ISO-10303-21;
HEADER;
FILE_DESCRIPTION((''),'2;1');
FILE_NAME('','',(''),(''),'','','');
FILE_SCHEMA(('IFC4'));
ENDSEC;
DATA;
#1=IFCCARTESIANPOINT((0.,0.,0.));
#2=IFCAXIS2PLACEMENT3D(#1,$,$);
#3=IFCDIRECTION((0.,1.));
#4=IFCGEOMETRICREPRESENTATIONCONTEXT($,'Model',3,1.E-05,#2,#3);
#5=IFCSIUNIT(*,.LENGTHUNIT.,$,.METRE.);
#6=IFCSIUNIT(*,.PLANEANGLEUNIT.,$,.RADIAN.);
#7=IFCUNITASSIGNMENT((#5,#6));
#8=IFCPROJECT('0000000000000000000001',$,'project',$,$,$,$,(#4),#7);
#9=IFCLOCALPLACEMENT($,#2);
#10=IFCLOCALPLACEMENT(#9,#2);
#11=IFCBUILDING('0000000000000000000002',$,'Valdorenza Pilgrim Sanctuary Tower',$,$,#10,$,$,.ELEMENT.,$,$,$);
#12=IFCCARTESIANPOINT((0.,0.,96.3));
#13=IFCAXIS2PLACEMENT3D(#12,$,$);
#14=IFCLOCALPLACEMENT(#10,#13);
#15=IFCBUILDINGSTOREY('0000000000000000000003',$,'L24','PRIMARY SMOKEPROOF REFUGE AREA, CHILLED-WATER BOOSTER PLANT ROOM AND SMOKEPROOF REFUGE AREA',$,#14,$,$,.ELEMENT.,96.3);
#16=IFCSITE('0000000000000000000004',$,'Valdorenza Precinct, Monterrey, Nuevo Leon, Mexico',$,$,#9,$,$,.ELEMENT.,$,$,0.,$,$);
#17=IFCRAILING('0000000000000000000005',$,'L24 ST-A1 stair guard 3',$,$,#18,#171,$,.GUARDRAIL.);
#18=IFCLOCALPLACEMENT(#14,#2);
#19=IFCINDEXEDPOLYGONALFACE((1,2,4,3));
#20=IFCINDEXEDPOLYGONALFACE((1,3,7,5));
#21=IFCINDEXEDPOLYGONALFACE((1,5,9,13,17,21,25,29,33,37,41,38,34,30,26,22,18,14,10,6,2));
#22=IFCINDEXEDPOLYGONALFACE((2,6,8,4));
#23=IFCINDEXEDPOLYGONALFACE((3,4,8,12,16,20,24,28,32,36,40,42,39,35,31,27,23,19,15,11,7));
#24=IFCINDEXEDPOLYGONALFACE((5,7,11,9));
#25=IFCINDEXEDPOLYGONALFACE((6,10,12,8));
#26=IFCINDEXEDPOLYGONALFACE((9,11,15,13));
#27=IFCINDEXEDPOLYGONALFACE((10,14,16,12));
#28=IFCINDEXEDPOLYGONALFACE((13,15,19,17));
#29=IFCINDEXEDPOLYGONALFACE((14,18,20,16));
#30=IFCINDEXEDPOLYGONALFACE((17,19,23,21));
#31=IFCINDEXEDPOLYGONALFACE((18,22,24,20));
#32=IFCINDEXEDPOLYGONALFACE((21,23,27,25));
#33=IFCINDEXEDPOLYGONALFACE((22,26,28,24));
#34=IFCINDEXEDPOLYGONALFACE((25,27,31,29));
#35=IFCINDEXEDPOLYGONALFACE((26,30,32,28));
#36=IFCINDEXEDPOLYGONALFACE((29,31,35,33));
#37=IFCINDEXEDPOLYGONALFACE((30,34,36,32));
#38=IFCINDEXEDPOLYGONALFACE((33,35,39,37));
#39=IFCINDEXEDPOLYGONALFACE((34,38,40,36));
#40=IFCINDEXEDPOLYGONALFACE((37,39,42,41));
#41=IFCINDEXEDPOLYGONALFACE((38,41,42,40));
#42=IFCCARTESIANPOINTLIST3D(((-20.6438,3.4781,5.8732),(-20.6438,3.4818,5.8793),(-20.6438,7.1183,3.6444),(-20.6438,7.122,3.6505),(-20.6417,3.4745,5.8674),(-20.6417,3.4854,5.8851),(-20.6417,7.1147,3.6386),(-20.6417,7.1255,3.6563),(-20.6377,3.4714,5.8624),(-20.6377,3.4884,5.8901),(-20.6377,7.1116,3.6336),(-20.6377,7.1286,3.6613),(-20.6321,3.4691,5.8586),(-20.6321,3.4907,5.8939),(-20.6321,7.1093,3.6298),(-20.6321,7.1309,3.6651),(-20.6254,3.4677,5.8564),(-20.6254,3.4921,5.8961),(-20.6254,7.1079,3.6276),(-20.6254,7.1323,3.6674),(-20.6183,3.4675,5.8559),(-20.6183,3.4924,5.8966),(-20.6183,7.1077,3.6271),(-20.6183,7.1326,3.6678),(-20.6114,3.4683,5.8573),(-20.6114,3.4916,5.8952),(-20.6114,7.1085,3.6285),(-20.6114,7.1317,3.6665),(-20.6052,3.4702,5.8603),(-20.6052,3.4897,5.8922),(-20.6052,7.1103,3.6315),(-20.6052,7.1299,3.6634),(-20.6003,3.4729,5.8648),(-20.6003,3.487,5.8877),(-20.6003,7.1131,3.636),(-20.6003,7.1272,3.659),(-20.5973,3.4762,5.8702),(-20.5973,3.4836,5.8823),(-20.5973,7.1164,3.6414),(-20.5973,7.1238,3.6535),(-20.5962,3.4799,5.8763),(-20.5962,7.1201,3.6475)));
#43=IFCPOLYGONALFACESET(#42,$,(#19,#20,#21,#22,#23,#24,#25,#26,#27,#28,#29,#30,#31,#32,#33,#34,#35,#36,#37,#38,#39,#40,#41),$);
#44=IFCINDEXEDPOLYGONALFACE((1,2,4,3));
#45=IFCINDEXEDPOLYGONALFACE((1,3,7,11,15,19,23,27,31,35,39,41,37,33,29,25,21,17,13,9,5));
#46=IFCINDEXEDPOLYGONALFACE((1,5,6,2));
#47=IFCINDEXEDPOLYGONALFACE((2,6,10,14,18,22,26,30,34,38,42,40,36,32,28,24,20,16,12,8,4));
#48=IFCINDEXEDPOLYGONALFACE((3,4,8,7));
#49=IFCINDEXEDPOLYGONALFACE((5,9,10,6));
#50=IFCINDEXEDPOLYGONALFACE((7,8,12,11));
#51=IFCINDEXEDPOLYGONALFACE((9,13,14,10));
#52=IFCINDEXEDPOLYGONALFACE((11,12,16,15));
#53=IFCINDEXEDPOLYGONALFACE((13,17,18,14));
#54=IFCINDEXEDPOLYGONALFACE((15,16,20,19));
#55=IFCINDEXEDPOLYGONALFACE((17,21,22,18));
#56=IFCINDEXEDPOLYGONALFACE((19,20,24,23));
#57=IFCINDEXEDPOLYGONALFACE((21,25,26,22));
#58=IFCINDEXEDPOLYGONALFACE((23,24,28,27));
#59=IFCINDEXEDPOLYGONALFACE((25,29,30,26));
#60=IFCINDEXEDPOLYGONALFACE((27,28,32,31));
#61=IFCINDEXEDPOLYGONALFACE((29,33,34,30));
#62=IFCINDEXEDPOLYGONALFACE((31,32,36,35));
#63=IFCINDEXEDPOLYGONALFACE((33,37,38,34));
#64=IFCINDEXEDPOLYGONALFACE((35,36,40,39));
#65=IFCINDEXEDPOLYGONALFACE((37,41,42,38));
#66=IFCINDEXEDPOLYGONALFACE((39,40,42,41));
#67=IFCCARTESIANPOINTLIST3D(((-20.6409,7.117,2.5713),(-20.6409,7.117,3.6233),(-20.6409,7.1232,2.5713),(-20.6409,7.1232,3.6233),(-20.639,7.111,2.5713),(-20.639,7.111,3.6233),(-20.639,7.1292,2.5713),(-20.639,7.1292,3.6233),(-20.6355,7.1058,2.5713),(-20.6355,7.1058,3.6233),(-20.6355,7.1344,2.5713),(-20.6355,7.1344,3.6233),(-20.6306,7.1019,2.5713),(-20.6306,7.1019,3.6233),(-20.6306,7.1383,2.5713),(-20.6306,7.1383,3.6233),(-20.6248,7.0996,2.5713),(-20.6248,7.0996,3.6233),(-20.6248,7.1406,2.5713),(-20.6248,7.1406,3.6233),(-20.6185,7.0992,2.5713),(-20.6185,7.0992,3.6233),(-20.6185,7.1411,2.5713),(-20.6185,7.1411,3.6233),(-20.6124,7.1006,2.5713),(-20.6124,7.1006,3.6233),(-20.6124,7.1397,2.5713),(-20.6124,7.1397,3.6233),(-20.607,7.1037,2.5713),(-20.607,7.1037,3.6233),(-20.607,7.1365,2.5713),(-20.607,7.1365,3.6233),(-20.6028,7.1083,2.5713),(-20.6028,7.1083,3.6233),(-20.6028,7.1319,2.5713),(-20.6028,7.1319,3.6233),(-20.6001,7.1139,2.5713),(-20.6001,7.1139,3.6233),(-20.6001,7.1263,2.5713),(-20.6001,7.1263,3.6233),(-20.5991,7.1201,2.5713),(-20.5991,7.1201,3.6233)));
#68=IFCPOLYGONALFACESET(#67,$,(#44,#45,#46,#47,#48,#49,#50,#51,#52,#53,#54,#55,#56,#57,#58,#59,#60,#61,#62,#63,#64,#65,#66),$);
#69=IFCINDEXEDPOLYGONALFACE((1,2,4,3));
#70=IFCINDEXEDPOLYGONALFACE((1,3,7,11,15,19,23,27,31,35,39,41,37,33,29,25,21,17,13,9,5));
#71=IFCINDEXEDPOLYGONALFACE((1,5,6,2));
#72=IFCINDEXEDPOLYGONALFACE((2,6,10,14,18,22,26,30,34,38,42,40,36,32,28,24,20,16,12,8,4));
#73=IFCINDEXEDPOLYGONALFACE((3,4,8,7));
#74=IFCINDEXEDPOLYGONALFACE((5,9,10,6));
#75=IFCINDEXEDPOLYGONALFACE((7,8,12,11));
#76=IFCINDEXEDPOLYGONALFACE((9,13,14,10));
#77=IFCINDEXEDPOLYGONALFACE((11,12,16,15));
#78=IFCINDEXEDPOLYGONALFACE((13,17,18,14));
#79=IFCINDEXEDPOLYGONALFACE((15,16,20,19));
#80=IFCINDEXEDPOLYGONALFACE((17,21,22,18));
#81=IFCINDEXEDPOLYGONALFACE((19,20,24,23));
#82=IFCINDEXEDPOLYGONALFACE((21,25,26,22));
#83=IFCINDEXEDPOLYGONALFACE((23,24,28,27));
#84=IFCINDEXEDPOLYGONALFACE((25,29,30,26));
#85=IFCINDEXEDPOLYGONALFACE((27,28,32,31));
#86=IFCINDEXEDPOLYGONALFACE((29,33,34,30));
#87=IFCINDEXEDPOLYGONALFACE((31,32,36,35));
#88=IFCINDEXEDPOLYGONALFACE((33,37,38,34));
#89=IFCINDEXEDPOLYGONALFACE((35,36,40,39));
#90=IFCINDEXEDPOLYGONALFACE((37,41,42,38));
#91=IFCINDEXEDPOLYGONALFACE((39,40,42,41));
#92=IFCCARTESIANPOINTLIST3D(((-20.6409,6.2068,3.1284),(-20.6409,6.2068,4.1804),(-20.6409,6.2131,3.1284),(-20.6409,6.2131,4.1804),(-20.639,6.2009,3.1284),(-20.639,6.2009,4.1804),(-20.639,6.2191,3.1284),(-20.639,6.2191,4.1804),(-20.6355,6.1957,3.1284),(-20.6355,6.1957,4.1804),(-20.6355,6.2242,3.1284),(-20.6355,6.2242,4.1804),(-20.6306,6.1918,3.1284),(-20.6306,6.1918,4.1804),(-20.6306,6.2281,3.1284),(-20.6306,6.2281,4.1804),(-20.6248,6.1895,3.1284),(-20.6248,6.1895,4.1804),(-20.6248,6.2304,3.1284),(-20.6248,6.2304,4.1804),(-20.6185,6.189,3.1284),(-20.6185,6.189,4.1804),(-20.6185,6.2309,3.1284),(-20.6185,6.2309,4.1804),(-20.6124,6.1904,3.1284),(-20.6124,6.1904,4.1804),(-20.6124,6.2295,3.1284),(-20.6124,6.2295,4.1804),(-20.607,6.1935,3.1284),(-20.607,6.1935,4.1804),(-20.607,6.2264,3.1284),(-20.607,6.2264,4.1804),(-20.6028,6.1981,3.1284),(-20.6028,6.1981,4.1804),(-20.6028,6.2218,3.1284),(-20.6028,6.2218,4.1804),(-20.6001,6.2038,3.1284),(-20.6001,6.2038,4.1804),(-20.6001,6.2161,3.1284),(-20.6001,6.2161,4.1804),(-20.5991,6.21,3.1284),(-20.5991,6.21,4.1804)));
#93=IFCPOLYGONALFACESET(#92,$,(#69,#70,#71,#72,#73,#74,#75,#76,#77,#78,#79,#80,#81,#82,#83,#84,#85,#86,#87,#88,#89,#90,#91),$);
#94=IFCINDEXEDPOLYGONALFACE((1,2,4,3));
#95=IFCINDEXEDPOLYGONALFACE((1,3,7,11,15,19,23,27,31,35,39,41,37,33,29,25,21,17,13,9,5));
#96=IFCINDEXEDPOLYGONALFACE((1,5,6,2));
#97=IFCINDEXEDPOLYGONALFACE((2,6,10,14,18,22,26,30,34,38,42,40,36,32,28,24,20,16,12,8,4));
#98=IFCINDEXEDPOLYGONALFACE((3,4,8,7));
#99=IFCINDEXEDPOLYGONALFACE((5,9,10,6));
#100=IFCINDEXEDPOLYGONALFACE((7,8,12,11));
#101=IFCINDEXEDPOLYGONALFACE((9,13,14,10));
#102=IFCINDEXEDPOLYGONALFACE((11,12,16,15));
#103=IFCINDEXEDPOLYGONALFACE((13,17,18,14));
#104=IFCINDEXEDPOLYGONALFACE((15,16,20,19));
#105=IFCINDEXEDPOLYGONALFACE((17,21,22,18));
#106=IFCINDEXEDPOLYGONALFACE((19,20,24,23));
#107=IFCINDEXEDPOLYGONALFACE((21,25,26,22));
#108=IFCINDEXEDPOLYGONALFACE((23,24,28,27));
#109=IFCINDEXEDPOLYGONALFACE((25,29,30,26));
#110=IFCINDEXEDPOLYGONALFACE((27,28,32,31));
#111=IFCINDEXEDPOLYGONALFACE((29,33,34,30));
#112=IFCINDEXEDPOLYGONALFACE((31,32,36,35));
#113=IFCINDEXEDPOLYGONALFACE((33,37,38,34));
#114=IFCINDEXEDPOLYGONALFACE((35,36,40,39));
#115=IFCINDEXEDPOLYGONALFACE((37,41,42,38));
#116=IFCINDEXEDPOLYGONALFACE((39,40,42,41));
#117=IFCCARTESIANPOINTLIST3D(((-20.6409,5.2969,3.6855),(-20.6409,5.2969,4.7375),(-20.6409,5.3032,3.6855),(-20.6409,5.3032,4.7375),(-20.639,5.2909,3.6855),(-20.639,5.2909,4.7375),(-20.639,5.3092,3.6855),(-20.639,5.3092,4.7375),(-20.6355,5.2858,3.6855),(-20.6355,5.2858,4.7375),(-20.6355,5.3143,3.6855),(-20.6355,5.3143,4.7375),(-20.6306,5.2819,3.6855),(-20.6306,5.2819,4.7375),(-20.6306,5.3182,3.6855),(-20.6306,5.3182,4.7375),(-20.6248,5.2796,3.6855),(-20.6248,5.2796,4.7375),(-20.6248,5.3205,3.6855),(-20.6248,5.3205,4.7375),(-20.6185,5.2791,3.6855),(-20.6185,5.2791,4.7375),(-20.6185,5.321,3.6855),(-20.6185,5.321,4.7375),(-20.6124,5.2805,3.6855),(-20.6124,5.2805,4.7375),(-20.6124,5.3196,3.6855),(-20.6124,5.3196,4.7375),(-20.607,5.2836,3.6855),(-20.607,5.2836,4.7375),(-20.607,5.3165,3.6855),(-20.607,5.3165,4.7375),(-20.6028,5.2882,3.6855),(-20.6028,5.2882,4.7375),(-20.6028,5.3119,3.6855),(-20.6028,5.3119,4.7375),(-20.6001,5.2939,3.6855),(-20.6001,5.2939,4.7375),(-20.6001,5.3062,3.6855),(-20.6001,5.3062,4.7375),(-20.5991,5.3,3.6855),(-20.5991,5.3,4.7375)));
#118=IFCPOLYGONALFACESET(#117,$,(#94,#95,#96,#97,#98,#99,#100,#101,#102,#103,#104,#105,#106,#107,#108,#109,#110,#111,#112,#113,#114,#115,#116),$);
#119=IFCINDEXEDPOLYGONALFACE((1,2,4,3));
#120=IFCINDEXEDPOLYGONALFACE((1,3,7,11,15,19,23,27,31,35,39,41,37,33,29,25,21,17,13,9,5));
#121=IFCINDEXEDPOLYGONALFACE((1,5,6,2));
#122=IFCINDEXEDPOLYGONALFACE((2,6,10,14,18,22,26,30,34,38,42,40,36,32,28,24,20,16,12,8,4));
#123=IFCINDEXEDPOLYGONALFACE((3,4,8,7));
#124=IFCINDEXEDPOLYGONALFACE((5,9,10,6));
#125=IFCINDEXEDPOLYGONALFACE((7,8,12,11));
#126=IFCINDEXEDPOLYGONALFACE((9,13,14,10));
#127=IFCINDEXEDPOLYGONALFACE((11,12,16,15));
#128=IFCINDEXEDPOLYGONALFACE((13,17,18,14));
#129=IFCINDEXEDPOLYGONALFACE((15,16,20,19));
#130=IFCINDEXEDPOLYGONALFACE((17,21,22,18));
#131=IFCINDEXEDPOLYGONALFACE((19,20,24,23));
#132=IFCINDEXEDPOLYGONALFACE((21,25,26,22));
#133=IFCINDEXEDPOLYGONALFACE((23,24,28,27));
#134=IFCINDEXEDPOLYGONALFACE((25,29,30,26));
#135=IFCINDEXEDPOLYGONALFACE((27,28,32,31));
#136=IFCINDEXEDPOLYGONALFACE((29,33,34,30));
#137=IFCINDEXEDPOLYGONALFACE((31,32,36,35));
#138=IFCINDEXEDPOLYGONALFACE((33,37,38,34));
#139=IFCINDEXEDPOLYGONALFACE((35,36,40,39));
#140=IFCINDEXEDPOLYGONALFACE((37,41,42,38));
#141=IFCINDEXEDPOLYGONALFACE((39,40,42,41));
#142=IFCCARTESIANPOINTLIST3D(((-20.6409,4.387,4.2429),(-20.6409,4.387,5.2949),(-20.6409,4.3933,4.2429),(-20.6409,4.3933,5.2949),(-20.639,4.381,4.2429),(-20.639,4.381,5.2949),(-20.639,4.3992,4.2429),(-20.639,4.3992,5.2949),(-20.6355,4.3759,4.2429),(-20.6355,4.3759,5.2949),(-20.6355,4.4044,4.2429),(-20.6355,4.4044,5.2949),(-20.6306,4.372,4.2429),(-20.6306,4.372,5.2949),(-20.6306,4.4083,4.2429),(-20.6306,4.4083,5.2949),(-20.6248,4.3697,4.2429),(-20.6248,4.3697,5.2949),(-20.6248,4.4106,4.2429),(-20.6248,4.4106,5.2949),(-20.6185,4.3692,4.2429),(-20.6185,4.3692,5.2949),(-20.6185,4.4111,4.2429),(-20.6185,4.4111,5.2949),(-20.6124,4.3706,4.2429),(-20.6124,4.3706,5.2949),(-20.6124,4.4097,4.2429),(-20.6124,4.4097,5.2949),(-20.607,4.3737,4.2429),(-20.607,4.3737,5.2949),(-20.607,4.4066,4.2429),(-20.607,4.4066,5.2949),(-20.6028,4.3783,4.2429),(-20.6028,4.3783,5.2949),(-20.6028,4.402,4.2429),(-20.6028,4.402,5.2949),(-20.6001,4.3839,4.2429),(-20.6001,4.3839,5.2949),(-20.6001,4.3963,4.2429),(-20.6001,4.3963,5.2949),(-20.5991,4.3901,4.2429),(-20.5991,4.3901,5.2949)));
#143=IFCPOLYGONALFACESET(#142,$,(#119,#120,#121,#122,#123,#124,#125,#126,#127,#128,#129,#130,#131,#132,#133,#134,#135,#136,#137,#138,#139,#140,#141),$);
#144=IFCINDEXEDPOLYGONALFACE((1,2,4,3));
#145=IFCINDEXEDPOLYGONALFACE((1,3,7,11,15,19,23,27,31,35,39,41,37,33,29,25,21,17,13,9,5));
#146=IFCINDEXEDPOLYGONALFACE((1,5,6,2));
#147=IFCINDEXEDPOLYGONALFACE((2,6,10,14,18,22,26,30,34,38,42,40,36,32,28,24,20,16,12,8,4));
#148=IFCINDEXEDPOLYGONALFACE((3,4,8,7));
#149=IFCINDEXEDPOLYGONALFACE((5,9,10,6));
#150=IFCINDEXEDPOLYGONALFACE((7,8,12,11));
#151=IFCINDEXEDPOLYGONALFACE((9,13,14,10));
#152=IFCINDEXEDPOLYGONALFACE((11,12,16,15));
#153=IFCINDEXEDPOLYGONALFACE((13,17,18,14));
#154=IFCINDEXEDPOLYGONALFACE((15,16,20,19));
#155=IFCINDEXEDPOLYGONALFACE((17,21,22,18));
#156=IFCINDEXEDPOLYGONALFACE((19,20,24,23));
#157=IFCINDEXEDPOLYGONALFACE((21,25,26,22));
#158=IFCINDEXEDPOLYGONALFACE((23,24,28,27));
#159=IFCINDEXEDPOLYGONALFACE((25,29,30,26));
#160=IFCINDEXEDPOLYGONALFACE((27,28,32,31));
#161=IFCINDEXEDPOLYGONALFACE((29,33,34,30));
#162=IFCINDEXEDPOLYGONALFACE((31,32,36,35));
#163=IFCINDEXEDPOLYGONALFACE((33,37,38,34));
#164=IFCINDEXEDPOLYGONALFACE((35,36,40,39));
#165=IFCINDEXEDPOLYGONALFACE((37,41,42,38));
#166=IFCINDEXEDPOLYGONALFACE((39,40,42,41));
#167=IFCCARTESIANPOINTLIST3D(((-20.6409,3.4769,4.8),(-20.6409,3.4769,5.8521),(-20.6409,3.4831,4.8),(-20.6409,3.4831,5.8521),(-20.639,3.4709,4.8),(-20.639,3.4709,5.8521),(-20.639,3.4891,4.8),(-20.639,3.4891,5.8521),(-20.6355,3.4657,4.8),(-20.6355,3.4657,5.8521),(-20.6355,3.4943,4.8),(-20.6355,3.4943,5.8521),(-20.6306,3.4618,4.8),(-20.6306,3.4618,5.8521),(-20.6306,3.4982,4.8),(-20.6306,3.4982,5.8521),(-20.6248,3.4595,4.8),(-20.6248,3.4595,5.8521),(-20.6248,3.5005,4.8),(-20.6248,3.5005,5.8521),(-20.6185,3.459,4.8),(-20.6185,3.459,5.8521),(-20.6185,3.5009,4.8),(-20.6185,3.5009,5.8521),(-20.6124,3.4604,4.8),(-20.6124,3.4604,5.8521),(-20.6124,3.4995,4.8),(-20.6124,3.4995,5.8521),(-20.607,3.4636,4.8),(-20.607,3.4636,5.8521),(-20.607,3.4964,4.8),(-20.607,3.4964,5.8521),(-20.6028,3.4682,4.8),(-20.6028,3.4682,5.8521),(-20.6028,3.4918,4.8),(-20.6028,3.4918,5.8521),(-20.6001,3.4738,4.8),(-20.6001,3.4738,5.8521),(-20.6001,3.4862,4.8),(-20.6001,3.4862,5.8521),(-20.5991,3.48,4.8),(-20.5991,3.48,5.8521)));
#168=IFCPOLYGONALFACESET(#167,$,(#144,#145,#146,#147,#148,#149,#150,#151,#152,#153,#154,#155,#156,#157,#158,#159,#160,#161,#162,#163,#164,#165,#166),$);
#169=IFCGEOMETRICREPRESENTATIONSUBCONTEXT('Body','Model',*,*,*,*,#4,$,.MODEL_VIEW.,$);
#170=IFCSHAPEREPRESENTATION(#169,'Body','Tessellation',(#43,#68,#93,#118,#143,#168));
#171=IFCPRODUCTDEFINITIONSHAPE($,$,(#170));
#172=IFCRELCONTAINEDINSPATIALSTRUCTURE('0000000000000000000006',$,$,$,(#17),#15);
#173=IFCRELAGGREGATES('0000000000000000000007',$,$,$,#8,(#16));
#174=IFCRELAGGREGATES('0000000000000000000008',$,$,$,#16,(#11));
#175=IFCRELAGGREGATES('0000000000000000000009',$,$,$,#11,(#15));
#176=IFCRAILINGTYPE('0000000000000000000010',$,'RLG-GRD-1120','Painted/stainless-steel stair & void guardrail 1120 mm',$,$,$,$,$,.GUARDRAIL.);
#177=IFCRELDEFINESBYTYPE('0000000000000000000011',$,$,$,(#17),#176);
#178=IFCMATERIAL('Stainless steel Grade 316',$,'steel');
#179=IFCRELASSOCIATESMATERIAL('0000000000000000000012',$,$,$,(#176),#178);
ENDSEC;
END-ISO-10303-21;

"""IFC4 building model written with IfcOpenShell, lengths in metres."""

from ifc_helpers import new_model, si_unit, direction, frame, origin, origin_2d, place, context, subcontext, project, spatial, circle, extrude, material, type_object, element, save


model = new_model("IFC4")

# Units and contexts
model_context = context("Model", 3, precision=1e-05, world=origin(), true_north=direction((0.0, 1.0)))
body_context = subcontext(model_context, "Body", "Model", "MODEL_VIEW")
ifc_project = project(units=[si_unit("LENGTHUNIT", "METRE"), si_unit("PLANEANGLEUNIT", "RADIAN")], contexts=[model_context])

# Site, building, storey
site_placement = place(None, origin())
site = spatial("IfcSite", under=ifc_project, at=site_placement, Name="Valdorenza Precinct, Monterrey, Nuevo Leon, Mexico", CompositionType="ELEMENT", RefElevation=0.0)
building_placement = place(site_placement, origin())
building = spatial("IfcBuilding", under=site, at=building_placement, Name="Valdorenza Pilgrim Sanctuary Tower", CompositionType="ELEMENT")
storey_placement = place(building_placement, frame((0.0, 0.0, 96.3)))
storey = spatial("IfcBuildingStorey", under=building, at=storey_placement, Name="L24", Description="PRIMARY SMOKEPROOF REFUGE AREA, CHILLED-WATER BOOSTER PLANT ROOM AND SMOKEPROOF REFUGE AREA", CompositionType="ELEMENT", Elevation=96.3)

# Railing
ifc_material_1 = material(Name="Stainless steel Grade 316", Category="steel")
railing_type_1 = type_object("IfcRailingType", Name="RLG-GRD-1120", Description="Painted/stainless-steel stair & void guardrail 1120 mm", PredefinedType="GUARDRAIL", material=ifc_material_1)
railing_1_placement = place(storey_placement, frame((-20.6201, 7.1201, 2.5713)))
element("IfcRailing", 1, at=railing_1_placement, inside=storey, type_object=railing_type_1, Name="L24 ST-A1 stair guard 3", PredefinedType="GUARDRAIL", context=body_context, shape_type="SweptSolid", body=[
    extrude(circle(Radius=0.0239, at=origin_2d()), frame((0.0, 0.0, 1.0762), z_axis=(0.0, -0.85284, 0.522172), x_axis=(1.0, 0.0, 0.0)), (0.0, 0.0, 1.0), 4.2683),
    extrude(circle(Radius=0.021, at=origin_2d()), origin(), (0.0, 0.0, 1.0), 1.052),
    extrude(circle(Radius=0.021, at=origin_2d()), frame((0.0, -0.9102, 0.5571)), (0.0, 0.0, 1.0), 1.052),
    extrude(circle(Radius=0.021, at=origin_2d()), frame((0.0, -1.8201, 1.1143)), (0.0, 0.0, 1.0), 1.052),
    extrude(circle(Radius=0.021, at=origin_2d()), frame((0.0, -2.73, 1.6716)), (0.0, 0.0, 1.0), 1.052),
    extrude(circle(Radius=0.021, at=origin_2d()), frame((0.0, -3.6401, 2.2288)), (0.0, 0.0, 1.0), 1.052),
])

save(model, "model.ifc")
